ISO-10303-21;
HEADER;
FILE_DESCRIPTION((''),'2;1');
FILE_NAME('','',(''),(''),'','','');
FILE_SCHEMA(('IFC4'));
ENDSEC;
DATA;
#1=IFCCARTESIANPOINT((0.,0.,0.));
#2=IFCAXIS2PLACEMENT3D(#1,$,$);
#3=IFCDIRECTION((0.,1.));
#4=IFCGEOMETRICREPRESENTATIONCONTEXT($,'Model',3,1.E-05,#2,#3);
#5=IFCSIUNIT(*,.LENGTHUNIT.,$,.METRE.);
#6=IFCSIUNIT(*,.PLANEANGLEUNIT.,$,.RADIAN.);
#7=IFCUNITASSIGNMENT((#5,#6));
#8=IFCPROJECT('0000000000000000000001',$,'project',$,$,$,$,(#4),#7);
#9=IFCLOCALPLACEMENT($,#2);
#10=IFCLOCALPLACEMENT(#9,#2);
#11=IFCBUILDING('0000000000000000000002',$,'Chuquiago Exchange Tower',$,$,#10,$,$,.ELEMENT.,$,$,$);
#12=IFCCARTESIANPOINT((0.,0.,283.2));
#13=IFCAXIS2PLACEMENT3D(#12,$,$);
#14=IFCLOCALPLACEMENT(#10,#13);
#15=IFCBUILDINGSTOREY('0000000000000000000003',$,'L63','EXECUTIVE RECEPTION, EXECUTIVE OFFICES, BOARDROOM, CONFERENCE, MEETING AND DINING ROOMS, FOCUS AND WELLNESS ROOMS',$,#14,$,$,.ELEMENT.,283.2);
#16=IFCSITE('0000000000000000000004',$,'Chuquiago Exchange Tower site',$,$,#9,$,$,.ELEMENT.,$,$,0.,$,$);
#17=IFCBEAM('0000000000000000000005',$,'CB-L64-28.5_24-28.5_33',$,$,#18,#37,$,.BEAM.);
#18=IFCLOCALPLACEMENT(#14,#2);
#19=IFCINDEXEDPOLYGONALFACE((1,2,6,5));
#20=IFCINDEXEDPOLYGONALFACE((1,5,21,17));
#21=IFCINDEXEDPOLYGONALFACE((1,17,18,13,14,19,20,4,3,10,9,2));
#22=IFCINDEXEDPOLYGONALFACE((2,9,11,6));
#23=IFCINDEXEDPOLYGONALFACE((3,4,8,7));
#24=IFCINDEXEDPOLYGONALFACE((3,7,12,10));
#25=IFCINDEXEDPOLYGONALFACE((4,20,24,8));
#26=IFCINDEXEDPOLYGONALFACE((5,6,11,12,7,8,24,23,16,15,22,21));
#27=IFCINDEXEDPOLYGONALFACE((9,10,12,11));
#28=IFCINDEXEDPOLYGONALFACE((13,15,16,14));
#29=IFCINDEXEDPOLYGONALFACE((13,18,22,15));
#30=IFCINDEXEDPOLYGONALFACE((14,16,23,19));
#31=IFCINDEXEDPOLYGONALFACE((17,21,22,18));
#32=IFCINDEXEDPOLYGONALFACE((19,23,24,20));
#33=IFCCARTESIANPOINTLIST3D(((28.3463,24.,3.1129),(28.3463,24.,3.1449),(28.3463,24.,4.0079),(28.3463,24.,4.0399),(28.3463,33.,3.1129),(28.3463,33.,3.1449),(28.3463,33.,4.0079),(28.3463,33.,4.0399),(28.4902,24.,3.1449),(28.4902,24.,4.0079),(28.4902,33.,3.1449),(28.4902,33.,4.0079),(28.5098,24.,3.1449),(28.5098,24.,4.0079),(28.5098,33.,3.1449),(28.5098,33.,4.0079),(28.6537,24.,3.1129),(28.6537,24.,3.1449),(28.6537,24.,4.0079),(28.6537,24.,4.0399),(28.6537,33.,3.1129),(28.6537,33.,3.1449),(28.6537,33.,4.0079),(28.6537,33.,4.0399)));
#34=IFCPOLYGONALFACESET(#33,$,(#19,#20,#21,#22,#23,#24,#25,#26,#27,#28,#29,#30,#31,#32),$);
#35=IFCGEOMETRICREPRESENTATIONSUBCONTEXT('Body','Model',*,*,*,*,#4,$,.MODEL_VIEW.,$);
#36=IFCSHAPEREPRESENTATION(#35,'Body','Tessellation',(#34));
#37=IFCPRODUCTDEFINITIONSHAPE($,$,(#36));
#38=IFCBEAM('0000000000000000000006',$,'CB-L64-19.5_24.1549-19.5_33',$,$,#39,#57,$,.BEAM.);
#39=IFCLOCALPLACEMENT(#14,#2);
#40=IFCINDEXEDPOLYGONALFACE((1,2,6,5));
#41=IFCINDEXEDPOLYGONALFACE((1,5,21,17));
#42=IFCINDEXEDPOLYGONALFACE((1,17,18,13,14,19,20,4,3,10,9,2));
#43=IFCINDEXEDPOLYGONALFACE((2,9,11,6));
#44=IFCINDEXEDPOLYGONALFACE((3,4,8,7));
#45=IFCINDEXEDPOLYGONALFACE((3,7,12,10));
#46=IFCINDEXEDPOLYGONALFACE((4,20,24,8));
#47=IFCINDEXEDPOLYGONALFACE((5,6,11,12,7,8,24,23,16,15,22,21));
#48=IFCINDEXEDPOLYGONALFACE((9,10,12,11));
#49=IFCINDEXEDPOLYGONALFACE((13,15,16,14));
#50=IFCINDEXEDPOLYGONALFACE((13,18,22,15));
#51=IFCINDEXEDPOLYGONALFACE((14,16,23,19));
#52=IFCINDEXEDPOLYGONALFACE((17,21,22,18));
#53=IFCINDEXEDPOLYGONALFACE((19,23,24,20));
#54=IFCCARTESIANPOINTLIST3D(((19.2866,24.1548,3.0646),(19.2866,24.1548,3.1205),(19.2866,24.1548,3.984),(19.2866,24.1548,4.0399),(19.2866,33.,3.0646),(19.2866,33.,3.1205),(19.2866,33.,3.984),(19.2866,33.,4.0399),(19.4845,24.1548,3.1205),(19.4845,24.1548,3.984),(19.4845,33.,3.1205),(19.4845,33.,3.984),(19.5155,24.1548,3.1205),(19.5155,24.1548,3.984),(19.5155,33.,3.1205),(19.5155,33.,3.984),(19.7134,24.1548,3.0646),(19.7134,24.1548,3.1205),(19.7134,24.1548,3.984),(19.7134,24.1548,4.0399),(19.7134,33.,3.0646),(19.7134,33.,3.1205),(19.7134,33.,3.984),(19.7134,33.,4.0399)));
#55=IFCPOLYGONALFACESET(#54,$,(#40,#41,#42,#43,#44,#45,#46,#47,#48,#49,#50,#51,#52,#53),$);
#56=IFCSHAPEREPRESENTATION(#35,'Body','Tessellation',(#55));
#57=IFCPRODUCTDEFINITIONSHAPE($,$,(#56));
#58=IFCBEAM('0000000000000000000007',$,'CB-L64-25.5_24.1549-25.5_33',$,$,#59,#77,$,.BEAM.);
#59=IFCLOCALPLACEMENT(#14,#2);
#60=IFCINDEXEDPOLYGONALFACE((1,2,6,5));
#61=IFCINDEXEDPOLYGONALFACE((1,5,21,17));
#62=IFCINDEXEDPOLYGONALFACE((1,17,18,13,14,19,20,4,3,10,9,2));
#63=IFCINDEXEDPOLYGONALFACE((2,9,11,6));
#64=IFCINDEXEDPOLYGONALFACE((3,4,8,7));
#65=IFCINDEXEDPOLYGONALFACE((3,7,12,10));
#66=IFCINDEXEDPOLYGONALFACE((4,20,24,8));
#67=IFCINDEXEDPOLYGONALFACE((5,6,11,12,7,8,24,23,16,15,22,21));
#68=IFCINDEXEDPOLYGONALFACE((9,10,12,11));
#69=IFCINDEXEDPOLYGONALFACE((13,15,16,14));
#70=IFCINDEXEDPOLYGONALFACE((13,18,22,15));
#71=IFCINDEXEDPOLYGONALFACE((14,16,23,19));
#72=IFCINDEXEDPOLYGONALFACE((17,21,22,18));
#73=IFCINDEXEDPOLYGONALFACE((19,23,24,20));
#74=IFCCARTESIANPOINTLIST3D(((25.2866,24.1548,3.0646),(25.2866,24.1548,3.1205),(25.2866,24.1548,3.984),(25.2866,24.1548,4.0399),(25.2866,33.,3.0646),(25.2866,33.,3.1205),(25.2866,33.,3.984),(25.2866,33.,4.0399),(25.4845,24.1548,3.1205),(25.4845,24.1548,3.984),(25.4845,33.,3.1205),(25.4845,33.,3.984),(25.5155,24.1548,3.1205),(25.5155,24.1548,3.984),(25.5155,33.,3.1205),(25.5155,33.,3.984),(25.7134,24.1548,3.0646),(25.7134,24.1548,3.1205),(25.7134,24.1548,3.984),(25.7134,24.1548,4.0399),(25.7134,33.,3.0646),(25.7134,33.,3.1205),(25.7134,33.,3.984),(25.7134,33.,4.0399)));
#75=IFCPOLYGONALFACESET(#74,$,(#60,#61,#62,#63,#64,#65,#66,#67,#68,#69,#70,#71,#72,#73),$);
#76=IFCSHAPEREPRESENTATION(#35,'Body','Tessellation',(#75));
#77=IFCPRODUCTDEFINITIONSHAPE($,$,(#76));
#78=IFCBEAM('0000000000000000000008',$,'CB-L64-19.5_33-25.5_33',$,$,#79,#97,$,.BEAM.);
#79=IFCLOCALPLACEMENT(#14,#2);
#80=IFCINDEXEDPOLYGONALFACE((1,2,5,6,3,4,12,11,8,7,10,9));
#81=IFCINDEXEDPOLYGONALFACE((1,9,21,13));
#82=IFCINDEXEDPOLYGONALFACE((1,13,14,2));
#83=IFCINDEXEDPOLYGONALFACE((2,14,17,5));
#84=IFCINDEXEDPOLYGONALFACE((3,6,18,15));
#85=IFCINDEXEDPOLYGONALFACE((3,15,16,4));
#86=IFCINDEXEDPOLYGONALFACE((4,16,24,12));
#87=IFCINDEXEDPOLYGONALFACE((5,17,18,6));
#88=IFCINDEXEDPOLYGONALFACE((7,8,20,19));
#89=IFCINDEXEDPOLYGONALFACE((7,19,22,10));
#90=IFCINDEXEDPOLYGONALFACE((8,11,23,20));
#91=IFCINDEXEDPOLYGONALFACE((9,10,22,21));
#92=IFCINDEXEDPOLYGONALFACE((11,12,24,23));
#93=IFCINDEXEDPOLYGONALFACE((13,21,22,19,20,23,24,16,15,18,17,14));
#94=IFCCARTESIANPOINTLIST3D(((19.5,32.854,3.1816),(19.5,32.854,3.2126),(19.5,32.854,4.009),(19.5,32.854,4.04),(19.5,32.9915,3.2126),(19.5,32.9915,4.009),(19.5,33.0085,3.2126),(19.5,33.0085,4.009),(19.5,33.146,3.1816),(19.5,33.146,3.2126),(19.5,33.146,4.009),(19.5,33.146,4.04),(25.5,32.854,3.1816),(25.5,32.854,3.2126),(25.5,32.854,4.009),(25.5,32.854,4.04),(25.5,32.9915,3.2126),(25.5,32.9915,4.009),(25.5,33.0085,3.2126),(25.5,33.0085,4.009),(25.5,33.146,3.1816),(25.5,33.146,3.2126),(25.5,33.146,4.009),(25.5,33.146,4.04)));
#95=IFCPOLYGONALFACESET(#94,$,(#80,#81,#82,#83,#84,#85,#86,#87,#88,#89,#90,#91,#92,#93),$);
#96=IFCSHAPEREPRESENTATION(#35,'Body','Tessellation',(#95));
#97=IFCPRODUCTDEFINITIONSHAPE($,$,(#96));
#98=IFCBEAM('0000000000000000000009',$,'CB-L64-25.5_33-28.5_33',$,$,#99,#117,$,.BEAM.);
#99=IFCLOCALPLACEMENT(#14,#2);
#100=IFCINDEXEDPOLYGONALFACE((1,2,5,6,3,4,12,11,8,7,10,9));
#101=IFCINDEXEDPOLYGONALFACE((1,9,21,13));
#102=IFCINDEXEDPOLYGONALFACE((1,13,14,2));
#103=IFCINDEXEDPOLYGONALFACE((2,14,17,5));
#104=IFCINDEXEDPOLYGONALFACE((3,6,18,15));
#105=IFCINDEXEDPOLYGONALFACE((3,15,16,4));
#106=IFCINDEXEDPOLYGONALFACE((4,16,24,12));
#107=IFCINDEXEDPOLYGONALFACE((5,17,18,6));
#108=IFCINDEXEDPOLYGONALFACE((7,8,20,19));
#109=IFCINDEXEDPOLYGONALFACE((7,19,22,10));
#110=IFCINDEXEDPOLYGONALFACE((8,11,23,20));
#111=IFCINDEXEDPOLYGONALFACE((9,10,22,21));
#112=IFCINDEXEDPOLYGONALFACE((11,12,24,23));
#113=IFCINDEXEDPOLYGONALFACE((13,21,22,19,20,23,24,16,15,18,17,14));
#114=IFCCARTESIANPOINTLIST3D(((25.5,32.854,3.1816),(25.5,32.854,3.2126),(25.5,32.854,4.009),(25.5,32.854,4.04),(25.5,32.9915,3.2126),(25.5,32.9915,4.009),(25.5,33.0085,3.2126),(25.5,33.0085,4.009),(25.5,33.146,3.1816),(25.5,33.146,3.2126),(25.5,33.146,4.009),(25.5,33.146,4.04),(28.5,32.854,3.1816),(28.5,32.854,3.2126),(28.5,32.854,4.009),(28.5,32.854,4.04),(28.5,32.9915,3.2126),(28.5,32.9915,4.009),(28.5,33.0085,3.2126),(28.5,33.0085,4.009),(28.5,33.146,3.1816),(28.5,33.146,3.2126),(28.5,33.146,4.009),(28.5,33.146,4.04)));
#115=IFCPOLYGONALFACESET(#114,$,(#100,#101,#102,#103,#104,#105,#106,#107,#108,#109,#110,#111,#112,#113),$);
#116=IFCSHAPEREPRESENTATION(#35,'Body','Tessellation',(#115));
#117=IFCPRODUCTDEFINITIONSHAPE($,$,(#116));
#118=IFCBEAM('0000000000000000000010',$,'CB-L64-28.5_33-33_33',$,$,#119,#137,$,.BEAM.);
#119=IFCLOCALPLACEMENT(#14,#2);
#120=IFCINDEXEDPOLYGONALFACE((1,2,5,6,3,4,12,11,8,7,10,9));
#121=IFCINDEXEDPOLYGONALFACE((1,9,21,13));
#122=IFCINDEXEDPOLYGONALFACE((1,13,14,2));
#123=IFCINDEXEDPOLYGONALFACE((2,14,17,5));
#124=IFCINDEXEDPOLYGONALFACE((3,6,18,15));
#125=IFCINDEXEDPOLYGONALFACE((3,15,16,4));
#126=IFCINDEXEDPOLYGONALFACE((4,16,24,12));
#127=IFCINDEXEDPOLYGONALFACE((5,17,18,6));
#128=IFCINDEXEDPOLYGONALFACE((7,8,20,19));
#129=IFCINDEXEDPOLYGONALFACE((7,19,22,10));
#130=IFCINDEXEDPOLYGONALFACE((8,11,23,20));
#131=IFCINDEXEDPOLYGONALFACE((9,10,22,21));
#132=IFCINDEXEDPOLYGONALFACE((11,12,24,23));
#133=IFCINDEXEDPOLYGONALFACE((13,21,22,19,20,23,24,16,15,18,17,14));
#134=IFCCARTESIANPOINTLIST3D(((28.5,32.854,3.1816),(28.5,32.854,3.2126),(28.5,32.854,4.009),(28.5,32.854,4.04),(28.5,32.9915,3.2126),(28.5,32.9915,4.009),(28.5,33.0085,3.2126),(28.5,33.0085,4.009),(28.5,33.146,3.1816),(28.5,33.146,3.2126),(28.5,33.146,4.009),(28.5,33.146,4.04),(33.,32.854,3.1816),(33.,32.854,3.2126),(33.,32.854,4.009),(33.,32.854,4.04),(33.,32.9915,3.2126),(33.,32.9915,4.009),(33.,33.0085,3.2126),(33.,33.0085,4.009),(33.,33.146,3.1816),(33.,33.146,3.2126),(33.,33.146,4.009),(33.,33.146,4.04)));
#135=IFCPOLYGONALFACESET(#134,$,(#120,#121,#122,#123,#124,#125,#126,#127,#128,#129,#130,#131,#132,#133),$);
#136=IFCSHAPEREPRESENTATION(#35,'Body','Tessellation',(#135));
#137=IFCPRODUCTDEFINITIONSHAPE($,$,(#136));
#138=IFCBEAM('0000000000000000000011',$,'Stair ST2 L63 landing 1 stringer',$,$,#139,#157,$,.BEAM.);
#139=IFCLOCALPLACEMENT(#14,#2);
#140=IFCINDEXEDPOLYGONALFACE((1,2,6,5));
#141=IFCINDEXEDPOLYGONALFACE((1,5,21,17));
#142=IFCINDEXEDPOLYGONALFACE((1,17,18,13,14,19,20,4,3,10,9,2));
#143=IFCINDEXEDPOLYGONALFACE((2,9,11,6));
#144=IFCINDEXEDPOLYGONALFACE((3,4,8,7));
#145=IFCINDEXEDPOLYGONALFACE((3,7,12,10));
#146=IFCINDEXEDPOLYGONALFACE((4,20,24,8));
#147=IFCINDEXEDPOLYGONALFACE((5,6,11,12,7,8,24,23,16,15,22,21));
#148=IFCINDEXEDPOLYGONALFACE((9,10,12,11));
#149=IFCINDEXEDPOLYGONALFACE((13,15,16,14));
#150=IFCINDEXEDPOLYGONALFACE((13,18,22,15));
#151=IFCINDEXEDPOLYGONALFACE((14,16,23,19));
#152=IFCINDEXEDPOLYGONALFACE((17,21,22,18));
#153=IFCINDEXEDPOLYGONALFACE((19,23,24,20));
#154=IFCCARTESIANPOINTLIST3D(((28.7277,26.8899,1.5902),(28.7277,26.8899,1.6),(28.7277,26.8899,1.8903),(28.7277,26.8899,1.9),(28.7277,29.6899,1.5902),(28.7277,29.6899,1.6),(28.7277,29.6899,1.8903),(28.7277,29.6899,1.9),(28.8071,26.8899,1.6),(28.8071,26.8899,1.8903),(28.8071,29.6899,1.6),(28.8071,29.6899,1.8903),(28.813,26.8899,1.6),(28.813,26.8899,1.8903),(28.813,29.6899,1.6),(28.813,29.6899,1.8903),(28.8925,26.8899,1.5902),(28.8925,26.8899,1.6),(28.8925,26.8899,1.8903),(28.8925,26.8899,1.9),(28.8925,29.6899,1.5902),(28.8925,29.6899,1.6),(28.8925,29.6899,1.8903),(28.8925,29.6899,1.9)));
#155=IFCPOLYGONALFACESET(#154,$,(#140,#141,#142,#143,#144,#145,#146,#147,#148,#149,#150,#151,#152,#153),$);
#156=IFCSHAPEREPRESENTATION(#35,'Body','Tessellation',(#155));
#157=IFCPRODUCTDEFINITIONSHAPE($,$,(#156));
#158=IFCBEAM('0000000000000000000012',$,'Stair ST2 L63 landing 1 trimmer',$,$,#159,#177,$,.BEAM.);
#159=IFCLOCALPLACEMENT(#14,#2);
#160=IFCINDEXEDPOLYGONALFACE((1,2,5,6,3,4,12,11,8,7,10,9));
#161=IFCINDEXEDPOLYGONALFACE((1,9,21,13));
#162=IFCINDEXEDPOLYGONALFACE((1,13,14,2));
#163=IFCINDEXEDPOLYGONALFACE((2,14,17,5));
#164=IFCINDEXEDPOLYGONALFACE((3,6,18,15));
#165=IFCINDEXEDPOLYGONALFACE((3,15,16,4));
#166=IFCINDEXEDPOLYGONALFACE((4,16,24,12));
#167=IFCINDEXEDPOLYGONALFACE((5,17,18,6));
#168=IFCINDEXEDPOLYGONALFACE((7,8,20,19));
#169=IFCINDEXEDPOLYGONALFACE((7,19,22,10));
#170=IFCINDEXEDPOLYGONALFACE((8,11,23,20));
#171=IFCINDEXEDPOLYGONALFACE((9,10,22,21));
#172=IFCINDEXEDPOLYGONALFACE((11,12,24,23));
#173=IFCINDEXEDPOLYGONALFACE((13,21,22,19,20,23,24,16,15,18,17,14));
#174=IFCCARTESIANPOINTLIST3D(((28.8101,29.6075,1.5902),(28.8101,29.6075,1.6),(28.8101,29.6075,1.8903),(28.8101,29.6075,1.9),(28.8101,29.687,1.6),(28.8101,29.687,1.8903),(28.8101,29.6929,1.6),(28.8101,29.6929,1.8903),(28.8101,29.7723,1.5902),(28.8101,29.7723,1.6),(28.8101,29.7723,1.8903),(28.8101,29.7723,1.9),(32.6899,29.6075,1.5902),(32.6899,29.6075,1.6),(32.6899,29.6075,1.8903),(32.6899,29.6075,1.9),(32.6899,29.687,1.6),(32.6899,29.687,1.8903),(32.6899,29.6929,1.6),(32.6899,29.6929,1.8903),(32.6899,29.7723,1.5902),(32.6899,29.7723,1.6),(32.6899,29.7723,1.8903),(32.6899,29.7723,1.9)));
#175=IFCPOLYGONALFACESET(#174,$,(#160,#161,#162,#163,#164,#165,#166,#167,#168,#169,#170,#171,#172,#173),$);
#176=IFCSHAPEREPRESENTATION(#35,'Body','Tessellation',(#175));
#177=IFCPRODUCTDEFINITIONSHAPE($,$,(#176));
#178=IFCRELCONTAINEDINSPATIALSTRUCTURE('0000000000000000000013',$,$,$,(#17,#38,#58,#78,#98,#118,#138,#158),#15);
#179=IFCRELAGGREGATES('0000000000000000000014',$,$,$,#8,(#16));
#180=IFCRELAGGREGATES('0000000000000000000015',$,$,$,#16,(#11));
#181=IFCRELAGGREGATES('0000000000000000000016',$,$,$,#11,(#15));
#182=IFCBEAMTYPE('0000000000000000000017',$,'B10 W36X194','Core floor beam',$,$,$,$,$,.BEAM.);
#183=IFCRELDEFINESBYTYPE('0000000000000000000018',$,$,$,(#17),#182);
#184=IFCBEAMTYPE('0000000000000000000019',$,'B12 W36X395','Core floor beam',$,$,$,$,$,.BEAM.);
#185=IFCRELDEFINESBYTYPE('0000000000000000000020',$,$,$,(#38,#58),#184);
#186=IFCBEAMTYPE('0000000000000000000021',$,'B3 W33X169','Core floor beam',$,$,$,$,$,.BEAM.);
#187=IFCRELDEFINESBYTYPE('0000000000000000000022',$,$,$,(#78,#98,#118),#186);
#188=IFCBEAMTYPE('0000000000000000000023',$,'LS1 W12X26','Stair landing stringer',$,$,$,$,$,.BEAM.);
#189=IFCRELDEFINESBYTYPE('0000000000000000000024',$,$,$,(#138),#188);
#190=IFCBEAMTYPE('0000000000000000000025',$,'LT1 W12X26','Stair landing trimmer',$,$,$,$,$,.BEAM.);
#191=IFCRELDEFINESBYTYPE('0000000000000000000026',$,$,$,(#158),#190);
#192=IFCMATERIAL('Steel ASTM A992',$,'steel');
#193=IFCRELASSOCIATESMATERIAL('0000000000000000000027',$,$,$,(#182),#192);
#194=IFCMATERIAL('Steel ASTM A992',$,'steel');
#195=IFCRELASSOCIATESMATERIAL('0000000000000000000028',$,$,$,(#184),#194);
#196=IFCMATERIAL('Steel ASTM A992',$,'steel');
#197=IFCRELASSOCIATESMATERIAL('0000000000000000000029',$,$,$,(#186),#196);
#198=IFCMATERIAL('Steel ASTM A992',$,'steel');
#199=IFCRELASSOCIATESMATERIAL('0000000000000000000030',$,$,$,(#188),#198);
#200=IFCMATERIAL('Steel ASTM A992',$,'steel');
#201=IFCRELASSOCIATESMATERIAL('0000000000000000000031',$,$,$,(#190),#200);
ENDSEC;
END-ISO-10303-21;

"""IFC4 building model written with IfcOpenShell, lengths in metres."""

from ifc_helpers import new_model, si_unit, direction, frame, origin, origin_2d, place, context, subcontext, project, spatial, i_section, extrude, material, material_profile, profile_set, type_object, element, save


model = new_model("IFC4")

# Units and contexts
model_context = context("Model", 3, precision=1e-05, world=origin(), true_north=direction((0.0, 1.0)))
body_context = subcontext(model_context, "Body", "Model", "MODEL_VIEW")
ifc_project = project(units=[si_unit("LENGTHUNIT", "METRE"), si_unit("PLANEANGLEUNIT", "RADIAN")], contexts=[model_context])

# Site, building, storey
site_placement = place(None, origin())
site = spatial("IfcSite", under=ifc_project, at=site_placement, Name="Chuquiago Exchange Tower site", CompositionType="ELEMENT", RefElevation=0.0)
building_placement = place(site_placement, origin())
building = spatial("IfcBuilding", under=site, at=building_placement, Name="Chuquiago Exchange Tower", CompositionType="ELEMENT")
storey_placement = place(building_placement, frame((0.0, 0.0, 283.2)))
storey = spatial("IfcBuildingStorey", under=building, at=storey_placement, Name="L63", Description="EXECUTIVE RECEPTION, EXECUTIVE OFFICES, BOARDROOM, CONFERENCE, MEETING AND DINING ROOMS, FOCUS AND WELLNESS ROOMS", CompositionType="ELEMENT", Elevation=283.2)

# Beams
ifc_material_1 = material(Name="Steel ASTM A992", Category="steel")
ifc_material_profile_1 = material_profile(ifc_material_1, i_section(OverallWidth=0.3074, OverallDepth=0.927, WebThickness=0.0195, FlangeThickness=0.032, at=origin_2d()), Name="W36X194")
ifc_profile_set_1 = profile_set([ifc_material_profile_1], Name="Steel ASTM A992")
beam_type_1 = type_object("IfcBeamType", Name="B10 W36X194", Description="Core floor beam", PredefinedType="BEAM", material=ifc_profile_set_1)
beam_1_placement = place(storey_placement, frame((28.5, 24.0, 3.5764), z_axis=(0.0, 1.0, 0.0), x_axis=(-1.0, 0.0, 0.0)))
element("IfcBeam", 1, at=beam_1_placement, inside=storey, type_object=beam_type_1, Name="CB-L64-28.5_24-28.5_33", PredefinedType="BEAM", context=body_context, shape_type="SweptSolid", body=[
    extrude(i_section(OverallWidth=0.3074, OverallDepth=0.927, WebThickness=0.0195, FlangeThickness=0.032, at=origin_2d()), origin(), (0.0, 0.0, 1.0), 9.0),
])
ifc_material_2 = material(Name="Steel ASTM A992", Category="steel")
ifc_material_profile_2 = material_profile(ifc_material_2, i_section(OverallWidth=0.4268, OverallDepth=0.9753, WebThickness=0.031, FlangeThickness=0.0559, at=origin_2d()), Name="W36X395")
ifc_profile_set_2 = profile_set([ifc_material_profile_2], Name="Steel ASTM A992")
beam_type_2 = type_object("IfcBeamType", Name="B12 W36X395", Description="Core floor beam", PredefinedType="BEAM", material=ifc_profile_set_2)
for number, where, z_axis, x_axis, name in (
    (2, (19.5, 24.1548, 3.5522), (0.0, 1.0, 0.0), (-1.0, 0.0, 0.0), "CB-L64-19.5_24.1549-19.5_33"),
    (3, (25.5, 24.1548, 3.5522), (0.0, 1.0, 0.0), (-1.0, 0.0, 0.0), "CB-L64-25.5_24.1549-25.5_33"),
):
    element("IfcBeam", number, at=place(storey_placement, frame(where, z_axis=z_axis, x_axis=x_axis)), inside=storey, type_object=beam_type_2, Name=name, PredefinedType="BEAM", context=body_context, shape_type="SweptSolid", body=[
        extrude(i_section(OverallWidth=0.4268, OverallDepth=0.9753, WebThickness=0.031, FlangeThickness=0.0559, at=origin_2d()), origin(), (0.0, 0.0, 1.0), 8.8452),
    ])
ifc_material_3 = material(Name="Steel ASTM A992", Category="steel")
ifc_material_profile_3 = material_profile(ifc_material_3, i_section(OverallWidth=0.292, OverallDepth=0.8584, WebThickness=0.0171, FlangeThickness=0.031, at=origin_2d()), Name="W33X169")
ifc_profile_set_3 = profile_set([ifc_material_profile_3], Name="Steel ASTM A992")
beam_type_3 = type_object("IfcBeamType", Name="B3 W33X169", Description="Core floor beam", PredefinedType="BEAM", material=ifc_profile_set_3)
beam_2_placement = place(storey_placement, frame((19.5, 33.0, 3.6108), z_axis=(1.0, 0.0, 0.0), x_axis=(0.0, 1.0, 0.0)))
element("IfcBeam", 4, at=beam_2_placement, inside=storey, type_object=beam_type_3, Name="CB-L64-19.5_33-25.5_33", PredefinedType="BEAM", context=body_context, shape_type="SweptSolid", body=[
    extrude(i_section(OverallWidth=0.292, OverallDepth=0.8584, WebThickness=0.0171, FlangeThickness=0.031, at=origin_2d()), origin(), (0.0, 0.0, 1.0), 6.0),
])
beam_3_placement = place(storey_placement, frame((25.5, 33.0, 3.6108), z_axis=(1.0, 0.0, 0.0), x_axis=(0.0, 1.0, 0.0)))
element("IfcBeam", 5, at=beam_3_placement, inside=storey, type_object=beam_type_3, Name="CB-L64-25.5_33-28.5_33", PredefinedType="BEAM", context=body_context, shape_type="SweptSolid", body=[
    extrude(i_section(OverallWidth=0.292, OverallDepth=0.8584, WebThickness=0.0171, FlangeThickness=0.031, at=origin_2d()), origin(), (0.0, 0.0, 1.0), 3.0),
])
beam_4_placement = place(storey_placement, frame((28.5, 33.0, 3.6108), z_axis=(1.0, 0.0, 0.0), x_axis=(0.0, 1.0, 0.0)))
element("IfcBeam", 6, at=beam_4_placement, inside=storey, type_object=beam_type_3, Name="CB-L64-28.5_33-33_33", PredefinedType="BEAM", context=body_context, shape_type="SweptSolid", body=[
    extrude(i_section(OverallWidth=0.292, OverallDepth=0.8584, WebThickness=0.0171, FlangeThickness=0.031, at=origin_2d()), origin(), (0.0, 0.0, 1.0), 4.5),
])
ifc_material_4 = material(Name="Steel ASTM A992", Category="steel")
ifc_material_profile_4 = material_profile(ifc_material_4, i_section(OverallWidth=0.1648, OverallDepth=0.3098, WebThickness=0.0059, FlangeThickness=0.0098, at=origin_2d()), Name="W12X26")
ifc_profile_set_4 = profile_set([ifc_material_profile_4], Name="Steel ASTM A992")
beam_type_4 = type_object("IfcBeamType", Name="LS1 W12X26", Description="Stair landing stringer", PredefinedType="BEAM", material=ifc_profile_set_4)
beam_5_placement = place(storey_placement, frame((28.8101, 26.8899, 1.7451), z_axis=(0.0, 1.0, 0.0), x_axis=(-1.0, 0.0, 0.0)))
element("IfcBeam", 7, at=beam_5_placement, inside=storey, type_object=beam_type_4, Name="Stair ST2 L63 landing 1 stringer", PredefinedType="BEAM", context=body_context, shape_type="SweptSolid", body=[
    extrude(i_section(OverallWidth=0.1648, OverallDepth=0.3098, WebThickness=0.0059, FlangeThickness=0.0098, at=origin_2d()), origin(), (0.0, 0.0, 1.0), 2.8),
])
ifc_material_5 = material(Name="Steel ASTM A992", Category="steel")
ifc_material_profile_5 = material_profile(ifc_material_5, i_section(OverallWidth=0.1648, OverallDepth=0.3098, WebThickness=0.0059, FlangeThickness=0.0098, at=origin_2d()), Name="W12X26")
ifc_profile_set_5 = profile_set([ifc_material_profile_5], Name="Steel ASTM A992")
beam_type_5 = type_object("IfcBeamType", Name="LT1 W12X26", Description="Stair landing trimmer", PredefinedType="BEAM", material=ifc_profile_set_5)
for number, where, z_axis, x_axis, name in (
    (8, (28.8101, 29.6899, 1.7451), (1.0, 0.0, 0.0), (0.0, 1.0, 0.0), "Stair ST2 L63 landing 1 trimmer"),
):
    element("IfcBeam", number, at=place(storey_placement, frame(where, z_axis=z_axis, x_axis=x_axis)), inside=storey, type_object=beam_type_5, Name=name, PredefinedType="BEAM", context=body_context, shape_type="SweptSolid", body=[
        extrude(i_section(OverallWidth=0.1648, OverallDepth=0.3098, WebThickness=0.0059, FlangeThickness=0.0098, at=origin_2d()), origin(), (0.0, 0.0, 1.0), 3.8799),
    ])

save(model, "model.ifc")
